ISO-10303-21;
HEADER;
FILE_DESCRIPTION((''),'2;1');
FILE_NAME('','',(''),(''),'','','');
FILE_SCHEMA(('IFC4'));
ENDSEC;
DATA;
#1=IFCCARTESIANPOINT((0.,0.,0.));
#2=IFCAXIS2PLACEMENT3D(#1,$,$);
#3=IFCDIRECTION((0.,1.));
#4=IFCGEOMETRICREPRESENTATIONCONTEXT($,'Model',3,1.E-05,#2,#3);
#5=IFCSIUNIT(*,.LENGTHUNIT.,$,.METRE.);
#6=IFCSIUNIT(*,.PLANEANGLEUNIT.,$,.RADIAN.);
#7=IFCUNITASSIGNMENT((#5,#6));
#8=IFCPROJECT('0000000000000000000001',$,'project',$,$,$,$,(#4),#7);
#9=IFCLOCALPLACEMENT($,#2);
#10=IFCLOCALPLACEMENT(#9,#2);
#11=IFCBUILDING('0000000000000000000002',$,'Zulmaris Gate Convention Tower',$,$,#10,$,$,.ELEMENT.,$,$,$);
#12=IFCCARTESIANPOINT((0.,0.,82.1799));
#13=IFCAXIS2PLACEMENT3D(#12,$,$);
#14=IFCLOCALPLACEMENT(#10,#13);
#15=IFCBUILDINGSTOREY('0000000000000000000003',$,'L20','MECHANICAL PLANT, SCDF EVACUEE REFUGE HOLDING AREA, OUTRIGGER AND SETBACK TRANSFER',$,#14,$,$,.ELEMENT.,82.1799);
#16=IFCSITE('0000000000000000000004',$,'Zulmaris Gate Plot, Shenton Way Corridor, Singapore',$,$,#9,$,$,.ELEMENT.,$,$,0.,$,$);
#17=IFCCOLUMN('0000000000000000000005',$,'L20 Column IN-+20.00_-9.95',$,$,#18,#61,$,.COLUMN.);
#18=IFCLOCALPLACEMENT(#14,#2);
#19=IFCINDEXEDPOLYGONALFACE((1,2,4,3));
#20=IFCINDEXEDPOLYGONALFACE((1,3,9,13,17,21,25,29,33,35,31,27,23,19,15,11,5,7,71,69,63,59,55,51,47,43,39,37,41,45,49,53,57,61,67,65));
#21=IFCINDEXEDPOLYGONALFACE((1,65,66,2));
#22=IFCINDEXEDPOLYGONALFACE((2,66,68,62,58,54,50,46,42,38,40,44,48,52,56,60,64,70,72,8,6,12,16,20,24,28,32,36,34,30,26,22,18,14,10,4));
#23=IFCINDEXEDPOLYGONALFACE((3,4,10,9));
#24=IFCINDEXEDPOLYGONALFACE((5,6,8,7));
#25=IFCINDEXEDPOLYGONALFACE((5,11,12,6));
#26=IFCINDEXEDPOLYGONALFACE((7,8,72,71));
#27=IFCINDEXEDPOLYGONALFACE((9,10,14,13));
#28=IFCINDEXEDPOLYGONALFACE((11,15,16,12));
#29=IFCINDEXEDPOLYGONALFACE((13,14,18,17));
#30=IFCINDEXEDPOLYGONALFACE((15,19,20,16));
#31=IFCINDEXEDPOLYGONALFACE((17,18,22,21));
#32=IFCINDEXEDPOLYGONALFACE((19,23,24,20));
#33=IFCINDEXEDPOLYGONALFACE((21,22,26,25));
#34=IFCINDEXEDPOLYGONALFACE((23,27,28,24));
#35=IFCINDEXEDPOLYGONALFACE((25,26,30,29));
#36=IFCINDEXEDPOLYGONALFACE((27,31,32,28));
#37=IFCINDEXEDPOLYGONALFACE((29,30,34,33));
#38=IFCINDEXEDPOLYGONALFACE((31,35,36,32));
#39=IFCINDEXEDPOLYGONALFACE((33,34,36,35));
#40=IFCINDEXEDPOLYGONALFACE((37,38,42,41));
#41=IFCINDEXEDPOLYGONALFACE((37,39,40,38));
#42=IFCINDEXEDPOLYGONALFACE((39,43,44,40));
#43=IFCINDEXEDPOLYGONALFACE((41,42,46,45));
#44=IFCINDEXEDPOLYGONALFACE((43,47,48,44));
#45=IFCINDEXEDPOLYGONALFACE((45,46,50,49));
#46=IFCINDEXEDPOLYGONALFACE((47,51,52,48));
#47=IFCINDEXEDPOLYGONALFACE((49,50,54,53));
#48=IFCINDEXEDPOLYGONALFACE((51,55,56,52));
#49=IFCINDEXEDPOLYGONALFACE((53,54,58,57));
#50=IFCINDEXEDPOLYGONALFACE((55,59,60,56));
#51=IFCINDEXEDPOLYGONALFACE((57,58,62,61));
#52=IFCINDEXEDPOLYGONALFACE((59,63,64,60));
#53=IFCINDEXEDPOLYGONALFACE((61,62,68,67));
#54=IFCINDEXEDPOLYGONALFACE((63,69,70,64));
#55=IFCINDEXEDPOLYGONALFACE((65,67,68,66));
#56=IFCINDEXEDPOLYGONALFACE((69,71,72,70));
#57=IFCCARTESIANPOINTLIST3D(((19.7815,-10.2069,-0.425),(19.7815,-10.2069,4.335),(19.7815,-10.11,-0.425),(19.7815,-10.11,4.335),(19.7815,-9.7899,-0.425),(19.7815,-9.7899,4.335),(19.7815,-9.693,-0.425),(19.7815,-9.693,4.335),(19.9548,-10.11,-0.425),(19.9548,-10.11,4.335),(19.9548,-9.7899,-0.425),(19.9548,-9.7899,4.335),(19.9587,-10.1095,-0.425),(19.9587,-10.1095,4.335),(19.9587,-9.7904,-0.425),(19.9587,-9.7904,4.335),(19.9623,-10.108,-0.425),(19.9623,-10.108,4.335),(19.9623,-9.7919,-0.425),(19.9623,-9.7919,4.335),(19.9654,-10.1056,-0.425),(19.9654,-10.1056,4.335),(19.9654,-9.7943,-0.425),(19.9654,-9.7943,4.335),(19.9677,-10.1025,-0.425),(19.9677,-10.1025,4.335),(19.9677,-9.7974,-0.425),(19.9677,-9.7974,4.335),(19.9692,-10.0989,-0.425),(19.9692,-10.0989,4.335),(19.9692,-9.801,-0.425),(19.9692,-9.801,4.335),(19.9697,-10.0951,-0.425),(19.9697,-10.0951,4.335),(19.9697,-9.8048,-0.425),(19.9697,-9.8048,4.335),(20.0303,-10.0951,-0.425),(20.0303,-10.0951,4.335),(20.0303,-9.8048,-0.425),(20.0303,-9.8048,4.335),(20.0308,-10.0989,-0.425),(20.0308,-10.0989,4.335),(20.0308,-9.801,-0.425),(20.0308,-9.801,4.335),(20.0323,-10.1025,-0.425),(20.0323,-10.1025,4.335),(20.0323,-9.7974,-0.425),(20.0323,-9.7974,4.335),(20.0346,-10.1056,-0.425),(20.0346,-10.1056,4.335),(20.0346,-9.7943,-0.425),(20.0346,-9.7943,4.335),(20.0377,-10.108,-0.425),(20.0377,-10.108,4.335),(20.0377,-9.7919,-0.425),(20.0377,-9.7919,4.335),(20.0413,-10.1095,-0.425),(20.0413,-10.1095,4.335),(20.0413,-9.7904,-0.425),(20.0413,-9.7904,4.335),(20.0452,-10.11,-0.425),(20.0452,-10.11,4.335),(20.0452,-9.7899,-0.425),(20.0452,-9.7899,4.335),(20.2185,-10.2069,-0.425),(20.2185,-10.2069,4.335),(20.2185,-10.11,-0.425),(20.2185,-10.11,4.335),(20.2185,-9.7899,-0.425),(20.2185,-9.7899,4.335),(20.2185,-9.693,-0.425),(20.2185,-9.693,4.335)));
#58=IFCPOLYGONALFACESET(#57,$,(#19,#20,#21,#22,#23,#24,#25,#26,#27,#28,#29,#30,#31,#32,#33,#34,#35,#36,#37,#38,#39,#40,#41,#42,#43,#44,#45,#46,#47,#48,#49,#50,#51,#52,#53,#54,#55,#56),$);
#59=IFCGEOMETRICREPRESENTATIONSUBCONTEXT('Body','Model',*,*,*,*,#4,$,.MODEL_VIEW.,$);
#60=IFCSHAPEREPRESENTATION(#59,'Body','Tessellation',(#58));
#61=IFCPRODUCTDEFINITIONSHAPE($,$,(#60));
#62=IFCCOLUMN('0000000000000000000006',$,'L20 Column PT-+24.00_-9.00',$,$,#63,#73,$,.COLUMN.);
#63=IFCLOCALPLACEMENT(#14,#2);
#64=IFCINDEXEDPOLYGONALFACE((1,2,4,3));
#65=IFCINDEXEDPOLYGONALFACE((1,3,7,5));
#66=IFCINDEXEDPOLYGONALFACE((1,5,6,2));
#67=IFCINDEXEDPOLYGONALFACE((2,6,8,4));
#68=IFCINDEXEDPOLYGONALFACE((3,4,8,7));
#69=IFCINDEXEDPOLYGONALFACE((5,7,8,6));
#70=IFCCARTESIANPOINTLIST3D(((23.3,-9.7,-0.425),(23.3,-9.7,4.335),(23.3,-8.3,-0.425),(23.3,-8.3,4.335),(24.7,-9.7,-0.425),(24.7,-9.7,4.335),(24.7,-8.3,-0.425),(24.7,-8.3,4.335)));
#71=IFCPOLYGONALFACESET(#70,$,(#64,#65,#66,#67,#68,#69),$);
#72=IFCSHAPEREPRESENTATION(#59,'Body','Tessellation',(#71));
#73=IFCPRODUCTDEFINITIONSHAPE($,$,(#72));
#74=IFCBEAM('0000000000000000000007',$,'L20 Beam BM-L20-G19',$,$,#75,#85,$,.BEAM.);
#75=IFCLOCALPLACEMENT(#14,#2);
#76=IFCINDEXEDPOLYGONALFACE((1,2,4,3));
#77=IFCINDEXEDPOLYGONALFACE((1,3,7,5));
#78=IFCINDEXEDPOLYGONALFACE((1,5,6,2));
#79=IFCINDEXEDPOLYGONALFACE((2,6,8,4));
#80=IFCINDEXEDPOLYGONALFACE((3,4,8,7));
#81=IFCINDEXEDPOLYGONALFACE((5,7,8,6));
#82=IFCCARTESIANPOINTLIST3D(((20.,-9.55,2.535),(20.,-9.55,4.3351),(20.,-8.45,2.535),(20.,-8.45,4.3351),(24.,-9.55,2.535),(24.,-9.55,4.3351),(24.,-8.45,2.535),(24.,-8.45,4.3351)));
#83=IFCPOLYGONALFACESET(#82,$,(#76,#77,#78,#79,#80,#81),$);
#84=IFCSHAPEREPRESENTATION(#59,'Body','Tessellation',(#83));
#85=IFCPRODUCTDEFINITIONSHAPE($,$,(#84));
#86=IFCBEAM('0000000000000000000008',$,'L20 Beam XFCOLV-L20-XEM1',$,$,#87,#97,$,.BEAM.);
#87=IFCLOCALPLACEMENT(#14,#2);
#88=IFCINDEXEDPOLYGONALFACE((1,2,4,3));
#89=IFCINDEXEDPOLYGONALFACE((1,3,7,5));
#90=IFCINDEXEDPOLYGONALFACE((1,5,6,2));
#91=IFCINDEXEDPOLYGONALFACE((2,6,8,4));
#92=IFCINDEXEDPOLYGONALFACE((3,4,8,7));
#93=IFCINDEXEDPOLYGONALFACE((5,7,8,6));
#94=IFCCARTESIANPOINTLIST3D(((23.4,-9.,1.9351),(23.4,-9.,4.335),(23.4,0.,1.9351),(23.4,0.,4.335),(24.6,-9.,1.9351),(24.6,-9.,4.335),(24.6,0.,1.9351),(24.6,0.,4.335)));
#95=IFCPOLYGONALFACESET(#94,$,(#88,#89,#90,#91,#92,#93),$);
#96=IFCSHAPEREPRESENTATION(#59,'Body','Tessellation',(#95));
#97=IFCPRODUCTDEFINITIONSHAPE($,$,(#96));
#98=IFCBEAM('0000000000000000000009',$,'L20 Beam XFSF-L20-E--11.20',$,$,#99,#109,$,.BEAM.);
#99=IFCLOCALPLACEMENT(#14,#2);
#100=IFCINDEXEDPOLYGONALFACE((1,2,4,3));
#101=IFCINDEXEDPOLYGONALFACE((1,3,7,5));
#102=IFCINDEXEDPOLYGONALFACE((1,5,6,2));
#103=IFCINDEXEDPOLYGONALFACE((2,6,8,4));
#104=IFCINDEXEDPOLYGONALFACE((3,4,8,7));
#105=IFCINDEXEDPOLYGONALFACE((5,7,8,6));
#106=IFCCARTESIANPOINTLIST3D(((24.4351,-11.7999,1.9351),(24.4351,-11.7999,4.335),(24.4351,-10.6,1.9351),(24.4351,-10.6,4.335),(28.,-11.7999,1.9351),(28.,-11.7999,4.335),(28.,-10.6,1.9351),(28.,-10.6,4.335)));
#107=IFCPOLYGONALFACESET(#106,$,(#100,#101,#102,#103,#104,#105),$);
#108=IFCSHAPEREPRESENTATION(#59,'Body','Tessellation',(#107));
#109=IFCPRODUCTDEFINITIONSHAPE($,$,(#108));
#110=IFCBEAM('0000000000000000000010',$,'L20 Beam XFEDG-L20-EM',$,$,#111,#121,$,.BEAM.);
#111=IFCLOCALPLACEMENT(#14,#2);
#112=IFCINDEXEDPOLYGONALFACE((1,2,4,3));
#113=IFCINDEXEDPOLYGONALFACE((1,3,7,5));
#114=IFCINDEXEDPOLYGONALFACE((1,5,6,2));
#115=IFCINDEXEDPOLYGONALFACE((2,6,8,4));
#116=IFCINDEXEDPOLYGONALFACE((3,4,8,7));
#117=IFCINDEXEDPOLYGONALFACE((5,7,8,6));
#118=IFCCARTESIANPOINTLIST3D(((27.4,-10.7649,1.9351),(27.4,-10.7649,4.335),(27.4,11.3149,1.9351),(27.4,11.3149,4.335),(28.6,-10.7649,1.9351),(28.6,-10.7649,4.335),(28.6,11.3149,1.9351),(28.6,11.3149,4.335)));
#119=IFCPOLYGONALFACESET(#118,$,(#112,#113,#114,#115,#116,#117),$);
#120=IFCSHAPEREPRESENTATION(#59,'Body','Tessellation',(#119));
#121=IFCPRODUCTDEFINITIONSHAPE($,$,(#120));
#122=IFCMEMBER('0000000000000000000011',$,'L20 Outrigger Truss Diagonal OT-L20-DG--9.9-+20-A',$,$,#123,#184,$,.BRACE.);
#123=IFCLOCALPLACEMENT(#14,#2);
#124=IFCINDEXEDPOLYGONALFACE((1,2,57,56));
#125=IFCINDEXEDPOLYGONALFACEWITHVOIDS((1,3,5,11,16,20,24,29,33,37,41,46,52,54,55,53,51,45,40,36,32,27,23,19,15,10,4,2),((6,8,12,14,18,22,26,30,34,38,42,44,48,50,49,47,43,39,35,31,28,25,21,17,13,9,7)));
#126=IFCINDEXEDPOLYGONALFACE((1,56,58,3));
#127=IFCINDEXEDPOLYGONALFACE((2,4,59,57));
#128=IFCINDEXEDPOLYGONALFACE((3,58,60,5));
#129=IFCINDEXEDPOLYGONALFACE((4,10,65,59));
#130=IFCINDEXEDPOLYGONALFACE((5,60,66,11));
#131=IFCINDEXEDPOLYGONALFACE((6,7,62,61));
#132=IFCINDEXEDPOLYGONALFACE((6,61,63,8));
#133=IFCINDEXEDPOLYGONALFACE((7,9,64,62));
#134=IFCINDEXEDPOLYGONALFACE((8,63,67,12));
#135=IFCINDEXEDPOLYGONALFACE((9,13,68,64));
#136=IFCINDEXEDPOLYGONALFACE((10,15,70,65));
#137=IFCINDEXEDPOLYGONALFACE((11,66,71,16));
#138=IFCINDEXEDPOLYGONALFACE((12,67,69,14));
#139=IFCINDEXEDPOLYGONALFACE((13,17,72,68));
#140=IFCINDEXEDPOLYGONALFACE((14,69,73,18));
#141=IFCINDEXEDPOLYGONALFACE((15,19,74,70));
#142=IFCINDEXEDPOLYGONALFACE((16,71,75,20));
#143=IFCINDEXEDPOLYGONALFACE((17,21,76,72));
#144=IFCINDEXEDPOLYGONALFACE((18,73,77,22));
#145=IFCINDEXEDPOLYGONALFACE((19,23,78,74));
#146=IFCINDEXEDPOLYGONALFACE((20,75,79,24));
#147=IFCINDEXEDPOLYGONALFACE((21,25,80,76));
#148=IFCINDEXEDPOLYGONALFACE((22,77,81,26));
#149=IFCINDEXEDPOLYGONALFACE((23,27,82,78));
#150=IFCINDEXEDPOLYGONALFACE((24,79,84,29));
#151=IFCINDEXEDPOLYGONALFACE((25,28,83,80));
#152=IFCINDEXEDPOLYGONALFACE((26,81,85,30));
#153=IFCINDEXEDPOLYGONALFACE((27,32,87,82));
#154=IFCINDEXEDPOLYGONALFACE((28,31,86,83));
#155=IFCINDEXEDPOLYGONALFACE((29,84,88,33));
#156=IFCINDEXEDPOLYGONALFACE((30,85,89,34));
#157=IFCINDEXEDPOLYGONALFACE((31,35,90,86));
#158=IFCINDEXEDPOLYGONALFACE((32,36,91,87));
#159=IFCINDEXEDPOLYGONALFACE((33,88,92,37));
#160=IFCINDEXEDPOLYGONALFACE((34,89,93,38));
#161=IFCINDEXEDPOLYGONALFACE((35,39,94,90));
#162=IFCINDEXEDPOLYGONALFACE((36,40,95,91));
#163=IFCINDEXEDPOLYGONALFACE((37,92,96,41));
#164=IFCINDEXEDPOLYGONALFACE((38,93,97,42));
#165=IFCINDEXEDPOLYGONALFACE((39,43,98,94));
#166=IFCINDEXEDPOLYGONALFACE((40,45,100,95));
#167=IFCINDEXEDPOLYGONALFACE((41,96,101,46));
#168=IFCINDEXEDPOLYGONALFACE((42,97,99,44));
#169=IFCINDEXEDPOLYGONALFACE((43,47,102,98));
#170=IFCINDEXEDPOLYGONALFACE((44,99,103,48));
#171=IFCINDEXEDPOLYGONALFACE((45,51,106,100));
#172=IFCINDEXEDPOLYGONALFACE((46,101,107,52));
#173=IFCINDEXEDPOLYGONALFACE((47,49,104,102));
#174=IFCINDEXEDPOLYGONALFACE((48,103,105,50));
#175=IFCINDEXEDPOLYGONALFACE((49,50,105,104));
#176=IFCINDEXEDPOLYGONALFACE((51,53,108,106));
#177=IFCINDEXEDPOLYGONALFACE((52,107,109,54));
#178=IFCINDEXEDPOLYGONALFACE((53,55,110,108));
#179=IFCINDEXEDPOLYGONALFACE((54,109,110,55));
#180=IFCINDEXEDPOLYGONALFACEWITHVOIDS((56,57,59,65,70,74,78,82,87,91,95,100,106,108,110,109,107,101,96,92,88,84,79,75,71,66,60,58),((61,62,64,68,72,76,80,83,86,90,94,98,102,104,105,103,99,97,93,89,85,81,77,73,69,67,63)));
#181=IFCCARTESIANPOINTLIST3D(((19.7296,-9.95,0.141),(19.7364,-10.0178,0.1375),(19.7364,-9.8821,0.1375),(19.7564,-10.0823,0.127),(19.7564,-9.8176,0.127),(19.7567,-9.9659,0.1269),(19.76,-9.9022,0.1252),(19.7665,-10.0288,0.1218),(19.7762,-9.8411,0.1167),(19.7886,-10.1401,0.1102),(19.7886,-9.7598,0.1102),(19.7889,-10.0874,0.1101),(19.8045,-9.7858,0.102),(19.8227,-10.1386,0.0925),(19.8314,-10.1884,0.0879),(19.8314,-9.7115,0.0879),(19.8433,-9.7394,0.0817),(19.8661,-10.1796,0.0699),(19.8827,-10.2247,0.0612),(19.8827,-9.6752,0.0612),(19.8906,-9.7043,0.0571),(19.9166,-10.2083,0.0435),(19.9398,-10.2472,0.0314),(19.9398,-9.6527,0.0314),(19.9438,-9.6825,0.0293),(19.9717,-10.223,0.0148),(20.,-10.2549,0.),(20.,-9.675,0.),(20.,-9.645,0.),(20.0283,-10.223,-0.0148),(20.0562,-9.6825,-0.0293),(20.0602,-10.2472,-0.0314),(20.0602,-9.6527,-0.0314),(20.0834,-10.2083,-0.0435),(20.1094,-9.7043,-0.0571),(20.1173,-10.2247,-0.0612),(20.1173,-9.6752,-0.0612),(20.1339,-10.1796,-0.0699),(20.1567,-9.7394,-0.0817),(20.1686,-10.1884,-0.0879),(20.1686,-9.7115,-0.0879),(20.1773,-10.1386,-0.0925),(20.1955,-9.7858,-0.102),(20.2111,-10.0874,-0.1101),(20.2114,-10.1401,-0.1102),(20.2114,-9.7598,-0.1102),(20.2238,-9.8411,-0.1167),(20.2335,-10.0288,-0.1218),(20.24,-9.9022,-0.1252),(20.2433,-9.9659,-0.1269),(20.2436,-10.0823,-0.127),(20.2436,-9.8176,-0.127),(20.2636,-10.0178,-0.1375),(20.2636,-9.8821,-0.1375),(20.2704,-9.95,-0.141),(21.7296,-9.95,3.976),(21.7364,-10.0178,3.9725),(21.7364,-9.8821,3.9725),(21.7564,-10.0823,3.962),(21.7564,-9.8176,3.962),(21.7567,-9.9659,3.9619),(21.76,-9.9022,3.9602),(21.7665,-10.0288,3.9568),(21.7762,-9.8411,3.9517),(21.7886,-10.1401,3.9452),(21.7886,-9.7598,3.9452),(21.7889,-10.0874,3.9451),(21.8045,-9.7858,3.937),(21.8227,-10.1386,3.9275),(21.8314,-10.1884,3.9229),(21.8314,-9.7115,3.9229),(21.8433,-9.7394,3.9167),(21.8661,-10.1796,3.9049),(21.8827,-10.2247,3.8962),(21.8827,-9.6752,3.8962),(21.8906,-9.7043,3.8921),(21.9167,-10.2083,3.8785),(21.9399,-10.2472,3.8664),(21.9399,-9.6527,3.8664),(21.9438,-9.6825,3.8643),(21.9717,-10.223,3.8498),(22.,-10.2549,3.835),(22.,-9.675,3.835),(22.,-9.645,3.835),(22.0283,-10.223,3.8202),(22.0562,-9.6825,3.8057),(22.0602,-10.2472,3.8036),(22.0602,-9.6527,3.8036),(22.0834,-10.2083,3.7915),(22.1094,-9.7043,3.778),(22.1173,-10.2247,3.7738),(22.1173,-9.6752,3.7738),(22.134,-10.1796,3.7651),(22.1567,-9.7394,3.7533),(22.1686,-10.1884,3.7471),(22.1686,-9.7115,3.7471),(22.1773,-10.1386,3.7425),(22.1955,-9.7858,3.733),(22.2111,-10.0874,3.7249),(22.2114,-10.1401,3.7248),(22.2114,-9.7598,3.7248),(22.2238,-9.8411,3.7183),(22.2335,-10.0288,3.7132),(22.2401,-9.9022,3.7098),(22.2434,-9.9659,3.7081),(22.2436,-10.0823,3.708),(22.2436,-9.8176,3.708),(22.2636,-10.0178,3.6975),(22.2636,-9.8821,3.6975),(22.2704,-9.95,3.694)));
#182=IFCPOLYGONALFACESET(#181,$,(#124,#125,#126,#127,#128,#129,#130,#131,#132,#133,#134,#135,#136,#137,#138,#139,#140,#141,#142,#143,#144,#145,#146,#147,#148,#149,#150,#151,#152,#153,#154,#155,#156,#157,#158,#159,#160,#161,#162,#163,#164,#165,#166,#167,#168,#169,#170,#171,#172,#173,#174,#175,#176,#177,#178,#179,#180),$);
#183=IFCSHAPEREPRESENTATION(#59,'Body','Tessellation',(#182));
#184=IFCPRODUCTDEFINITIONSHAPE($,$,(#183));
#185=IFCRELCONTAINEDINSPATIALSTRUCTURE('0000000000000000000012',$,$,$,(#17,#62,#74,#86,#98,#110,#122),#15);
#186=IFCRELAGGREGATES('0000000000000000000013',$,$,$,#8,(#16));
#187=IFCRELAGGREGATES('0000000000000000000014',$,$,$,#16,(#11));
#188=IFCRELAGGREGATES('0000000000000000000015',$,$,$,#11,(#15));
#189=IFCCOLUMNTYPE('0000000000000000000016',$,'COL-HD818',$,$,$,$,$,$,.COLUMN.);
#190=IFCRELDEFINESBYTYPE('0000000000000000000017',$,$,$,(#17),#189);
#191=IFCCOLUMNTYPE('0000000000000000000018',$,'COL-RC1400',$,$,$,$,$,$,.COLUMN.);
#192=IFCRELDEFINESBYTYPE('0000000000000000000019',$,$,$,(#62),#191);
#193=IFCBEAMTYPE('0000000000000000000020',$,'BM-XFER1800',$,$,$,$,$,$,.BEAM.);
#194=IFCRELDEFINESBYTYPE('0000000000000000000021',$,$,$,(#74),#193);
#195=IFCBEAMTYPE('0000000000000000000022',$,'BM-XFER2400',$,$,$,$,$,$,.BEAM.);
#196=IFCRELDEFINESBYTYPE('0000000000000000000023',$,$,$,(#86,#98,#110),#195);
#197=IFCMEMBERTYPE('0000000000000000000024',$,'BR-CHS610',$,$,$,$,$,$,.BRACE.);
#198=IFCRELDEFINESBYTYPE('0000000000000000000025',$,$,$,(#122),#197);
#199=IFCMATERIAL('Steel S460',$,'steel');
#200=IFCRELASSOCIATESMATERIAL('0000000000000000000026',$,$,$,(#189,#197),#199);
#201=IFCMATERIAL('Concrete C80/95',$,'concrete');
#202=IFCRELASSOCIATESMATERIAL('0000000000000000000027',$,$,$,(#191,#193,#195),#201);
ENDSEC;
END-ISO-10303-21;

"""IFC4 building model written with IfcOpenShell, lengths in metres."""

from ifc_helpers import new_model, si_unit, direction, frame, origin, origin_2d, place, context, subcontext, project, spatial, rectangle, hollow_circle, i_section, extrude, material, material_profile, profile_set, type_object, element, save


model = new_model("IFC4")

# Units and contexts
model_context = context("Model", 3, precision=1e-05, world=origin(), true_north=direction((0.0, 1.0)))
body_context = subcontext(model_context, "Body", "Model", "MODEL_VIEW")
ifc_project = project(units=[si_unit("LENGTHUNIT", "METRE"), si_unit("PLANEANGLEUNIT", "RADIAN")], contexts=[model_context])

# Site, building, storey
site_placement = place(None, origin())
site = spatial("IfcSite", under=ifc_project, at=site_placement, Name="Zulmaris Gate Plot, Shenton Way Corridor, Singapore", CompositionType="ELEMENT", RefElevation=0.0)
building_placement = place(site_placement, origin())
building = spatial("IfcBuilding", under=site, at=building_placement, Name="Zulmaris Gate Convention Tower", CompositionType="ELEMENT")
storey_placement = place(building_placement, frame((0.0, 0.0, 82.1799)))
storey = spatial("IfcBuildingStorey", under=building, at=storey_placement, Name="L20", Description="MECHANICAL PLANT, SCDF EVACUEE REFUGE HOLDING AREA, OUTRIGGER AND SETBACK TRANSFER", CompositionType="ELEMENT", Elevation=82.1799)

# Columns
ifc_material_1 = material(Name="Steel S460", Category="steel")
ifc_material_profile_1 = material_profile(ifc_material_1, i_section(OverallWidth=0.437, OverallDepth=0.5139, WebThickness=0.0605, FlangeThickness=0.0969, FilletRadius=0.0149, at=origin_2d()), Name="HD 400x818")
ifc_profile_set_1 = profile_set([ifc_material_profile_1], Name="Steel S460")
column_type_1 = type_object("IfcColumnType", Name="COL-HD818", PredefinedType="COLUMN", material=ifc_profile_set_1)
column_1_placement = place(storey_placement, frame((20.0, -9.95, -0.425), z_axis=(0.0, 0.0, 1.0), x_axis=(1.0, 0.0, 0.0)))
element("IfcColumn", 1, at=column_1_placement, inside=storey, type_object=column_type_1, Name="L20 Column IN-+20.00_-9.95", PredefinedType="COLUMN", context=body_context, shape_type="SweptSolid", body=[
    extrude(i_section(OverallWidth=0.437, OverallDepth=0.5139, WebThickness=0.0605, FlangeThickness=0.0969, FilletRadius=0.0149, at=origin_2d()), origin(), (0.0, 0.0, 1.0), 4.76),
])
ifc_material_2 = material(Name="Concrete C80/95", Category="concrete")
ifc_material_profile_2 = material_profile(ifc_material_2, rectangle(XDim=1.3999, YDim=1.3999, at=origin_2d()), Name="RC COL 1400x1400")
ifc_profile_set_2 = profile_set([ifc_material_profile_2], Name="Concrete C80/95")
column_type_2 = type_object("IfcColumnType", Name="COL-RC1400", PredefinedType="COLUMN", material=ifc_profile_set_2)
column_2_placement = place(storey_placement, frame((24.0, -9.0, -0.425), z_axis=(0.0, 0.0, 1.0), x_axis=(1.0, 0.0, 0.0)))
element("IfcColumn", 2, at=column_2_placement, inside=storey, type_object=column_type_2, Name="L20 Column PT-+24.00_-9.00", PredefinedType="COLUMN", context=body_context, shape_type="SweptSolid", body=[
    extrude(rectangle(XDim=1.3999, YDim=1.3999, at=origin_2d()), origin(), (0.0, 0.0, 1.0), 4.76),
])

# Beams
ifc_material_profile_3 = material_profile(ifc_material_2, rectangle(XDim=1.1001, YDim=1.8, at=origin_2d()), Name="RC TRANSFER 1100x1800")
ifc_profile_set_3 = profile_set([ifc_material_profile_3], Name="Concrete C80/95")
beam_type_1 = type_object("IfcBeamType", Name="BM-XFER1800", PredefinedType="BEAM", material=ifc_profile_set_3)
beam_1_placement = place(storey_placement, frame((20.0, -9.0, 3.4351), z_axis=(1.0, 0.0, 0.0), x_axis=(0.0, 1.0, 0.0)))
element("IfcBeam", 3, at=beam_1_placement, inside=storey, type_object=beam_type_1, Name="L20 Beam BM-L20-G19", PredefinedType="BEAM", context=body_context, shape_type="SweptSolid", body=[
    extrude(rectangle(XDim=1.1001, YDim=1.8, at=origin_2d()), origin(), (0.0, 0.0, 1.0), 4.0),
])
ifc_material_profile_4 = material_profile(ifc_material_2, rectangle(XDim=1.2, YDim=2.3999, at=origin_2d()), Name="RC TRANSFER 1200x2400")
ifc_profile_set_4 = profile_set([ifc_material_profile_4], Name="Concrete C80/95")
beam_type_2 = type_object("IfcBeamType", Name="BM-XFER2400", PredefinedType="BEAM", material=ifc_profile_set_4)
beam_2_placement = place(storey_placement, frame((24.0, -9.0, 3.135), z_axis=(0.0, 1.0, 0.0), x_axis=(-1.0, 0.0, 0.0)))
element("IfcBeam", 4, at=beam_2_placement, inside=storey, type_object=beam_type_2, Name="L20 Beam XFCOLV-L20-XEM1", PredefinedType="BEAM", context=body_context, shape_type="SweptSolid", body=[
    extrude(rectangle(XDim=1.2, YDim=2.3999, at=origin_2d()), origin(), (0.0, 0.0, 1.0), 9.0),
])
beam_3_placement = place(storey_placement, frame((24.4351, -11.2, 3.135), z_axis=(1.0, 0.0, 0.0), x_axis=(0.0, 1.0, 0.0)))
element("IfcBeam", 5, at=beam_3_placement, inside=storey, type_object=beam_type_2, Name="L20 Beam XFSF-L20-E--11.20", PredefinedType="BEAM", context=body_context, shape_type="SweptSolid", body=[
    extrude(rectangle(XDim=1.2, YDim=2.3999, at=origin_2d()), origin(), (0.0, 0.0, 1.0), 3.5649),
])
beam_4_placement = place(storey_placement, frame((28.0, -10.7649, 3.135), z_axis=(0.0, 1.0, 0.0), x_axis=(-1.0, 0.0, 0.0)))
element("IfcBeam", 6, at=beam_4_placement, inside=storey, type_object=beam_type_2, Name="L20 Beam XFEDG-L20-EM", PredefinedType="BEAM", context=body_context, shape_type="SweptSolid", body=[
    extrude(rectangle(XDim=1.2, YDim=2.3999, at=origin_2d()), origin(), (0.0, 0.0, 1.0), 22.0798),
])

# Member
ifc_material_profile_5 = material_profile(ifc_material_1, hollow_circle(Radius=0.3049, WallThickness=0.03, at=origin_2d()), Name="CHS 610x30")
ifc_profile_set_5 = profile_set([ifc_material_profile_5], Name="Steel S460")
member_type_1 = type_object("IfcMemberType", Name="BR-CHS610", PredefinedType="BRACE", material=ifc_profile_set_5)
for number, where, z_axis, x_axis, name in (
    (7, (20.0, -9.95, 0.0), (0.462412, 0.0, 0.886665), (0.0, 1.0, 0.0), "L20 Outrigger Truss Diagonal OT-L20-DG--9.9-+20-A"),
):
    element("IfcMember", number, at=place(storey_placement, frame(where, z_axis=z_axis, x_axis=x_axis)), inside=storey, type_object=member_type_1, Name=name, PredefinedType="BRACE", context=body_context, shape_type="SweptSolid", body=[
        extrude(hollow_circle(Radius=0.3049, WallThickness=0.03, at=origin_2d()), origin(), (0.0, 0.0, 1.0), 4.3252),
    ])

save(model, "model.ifc")
